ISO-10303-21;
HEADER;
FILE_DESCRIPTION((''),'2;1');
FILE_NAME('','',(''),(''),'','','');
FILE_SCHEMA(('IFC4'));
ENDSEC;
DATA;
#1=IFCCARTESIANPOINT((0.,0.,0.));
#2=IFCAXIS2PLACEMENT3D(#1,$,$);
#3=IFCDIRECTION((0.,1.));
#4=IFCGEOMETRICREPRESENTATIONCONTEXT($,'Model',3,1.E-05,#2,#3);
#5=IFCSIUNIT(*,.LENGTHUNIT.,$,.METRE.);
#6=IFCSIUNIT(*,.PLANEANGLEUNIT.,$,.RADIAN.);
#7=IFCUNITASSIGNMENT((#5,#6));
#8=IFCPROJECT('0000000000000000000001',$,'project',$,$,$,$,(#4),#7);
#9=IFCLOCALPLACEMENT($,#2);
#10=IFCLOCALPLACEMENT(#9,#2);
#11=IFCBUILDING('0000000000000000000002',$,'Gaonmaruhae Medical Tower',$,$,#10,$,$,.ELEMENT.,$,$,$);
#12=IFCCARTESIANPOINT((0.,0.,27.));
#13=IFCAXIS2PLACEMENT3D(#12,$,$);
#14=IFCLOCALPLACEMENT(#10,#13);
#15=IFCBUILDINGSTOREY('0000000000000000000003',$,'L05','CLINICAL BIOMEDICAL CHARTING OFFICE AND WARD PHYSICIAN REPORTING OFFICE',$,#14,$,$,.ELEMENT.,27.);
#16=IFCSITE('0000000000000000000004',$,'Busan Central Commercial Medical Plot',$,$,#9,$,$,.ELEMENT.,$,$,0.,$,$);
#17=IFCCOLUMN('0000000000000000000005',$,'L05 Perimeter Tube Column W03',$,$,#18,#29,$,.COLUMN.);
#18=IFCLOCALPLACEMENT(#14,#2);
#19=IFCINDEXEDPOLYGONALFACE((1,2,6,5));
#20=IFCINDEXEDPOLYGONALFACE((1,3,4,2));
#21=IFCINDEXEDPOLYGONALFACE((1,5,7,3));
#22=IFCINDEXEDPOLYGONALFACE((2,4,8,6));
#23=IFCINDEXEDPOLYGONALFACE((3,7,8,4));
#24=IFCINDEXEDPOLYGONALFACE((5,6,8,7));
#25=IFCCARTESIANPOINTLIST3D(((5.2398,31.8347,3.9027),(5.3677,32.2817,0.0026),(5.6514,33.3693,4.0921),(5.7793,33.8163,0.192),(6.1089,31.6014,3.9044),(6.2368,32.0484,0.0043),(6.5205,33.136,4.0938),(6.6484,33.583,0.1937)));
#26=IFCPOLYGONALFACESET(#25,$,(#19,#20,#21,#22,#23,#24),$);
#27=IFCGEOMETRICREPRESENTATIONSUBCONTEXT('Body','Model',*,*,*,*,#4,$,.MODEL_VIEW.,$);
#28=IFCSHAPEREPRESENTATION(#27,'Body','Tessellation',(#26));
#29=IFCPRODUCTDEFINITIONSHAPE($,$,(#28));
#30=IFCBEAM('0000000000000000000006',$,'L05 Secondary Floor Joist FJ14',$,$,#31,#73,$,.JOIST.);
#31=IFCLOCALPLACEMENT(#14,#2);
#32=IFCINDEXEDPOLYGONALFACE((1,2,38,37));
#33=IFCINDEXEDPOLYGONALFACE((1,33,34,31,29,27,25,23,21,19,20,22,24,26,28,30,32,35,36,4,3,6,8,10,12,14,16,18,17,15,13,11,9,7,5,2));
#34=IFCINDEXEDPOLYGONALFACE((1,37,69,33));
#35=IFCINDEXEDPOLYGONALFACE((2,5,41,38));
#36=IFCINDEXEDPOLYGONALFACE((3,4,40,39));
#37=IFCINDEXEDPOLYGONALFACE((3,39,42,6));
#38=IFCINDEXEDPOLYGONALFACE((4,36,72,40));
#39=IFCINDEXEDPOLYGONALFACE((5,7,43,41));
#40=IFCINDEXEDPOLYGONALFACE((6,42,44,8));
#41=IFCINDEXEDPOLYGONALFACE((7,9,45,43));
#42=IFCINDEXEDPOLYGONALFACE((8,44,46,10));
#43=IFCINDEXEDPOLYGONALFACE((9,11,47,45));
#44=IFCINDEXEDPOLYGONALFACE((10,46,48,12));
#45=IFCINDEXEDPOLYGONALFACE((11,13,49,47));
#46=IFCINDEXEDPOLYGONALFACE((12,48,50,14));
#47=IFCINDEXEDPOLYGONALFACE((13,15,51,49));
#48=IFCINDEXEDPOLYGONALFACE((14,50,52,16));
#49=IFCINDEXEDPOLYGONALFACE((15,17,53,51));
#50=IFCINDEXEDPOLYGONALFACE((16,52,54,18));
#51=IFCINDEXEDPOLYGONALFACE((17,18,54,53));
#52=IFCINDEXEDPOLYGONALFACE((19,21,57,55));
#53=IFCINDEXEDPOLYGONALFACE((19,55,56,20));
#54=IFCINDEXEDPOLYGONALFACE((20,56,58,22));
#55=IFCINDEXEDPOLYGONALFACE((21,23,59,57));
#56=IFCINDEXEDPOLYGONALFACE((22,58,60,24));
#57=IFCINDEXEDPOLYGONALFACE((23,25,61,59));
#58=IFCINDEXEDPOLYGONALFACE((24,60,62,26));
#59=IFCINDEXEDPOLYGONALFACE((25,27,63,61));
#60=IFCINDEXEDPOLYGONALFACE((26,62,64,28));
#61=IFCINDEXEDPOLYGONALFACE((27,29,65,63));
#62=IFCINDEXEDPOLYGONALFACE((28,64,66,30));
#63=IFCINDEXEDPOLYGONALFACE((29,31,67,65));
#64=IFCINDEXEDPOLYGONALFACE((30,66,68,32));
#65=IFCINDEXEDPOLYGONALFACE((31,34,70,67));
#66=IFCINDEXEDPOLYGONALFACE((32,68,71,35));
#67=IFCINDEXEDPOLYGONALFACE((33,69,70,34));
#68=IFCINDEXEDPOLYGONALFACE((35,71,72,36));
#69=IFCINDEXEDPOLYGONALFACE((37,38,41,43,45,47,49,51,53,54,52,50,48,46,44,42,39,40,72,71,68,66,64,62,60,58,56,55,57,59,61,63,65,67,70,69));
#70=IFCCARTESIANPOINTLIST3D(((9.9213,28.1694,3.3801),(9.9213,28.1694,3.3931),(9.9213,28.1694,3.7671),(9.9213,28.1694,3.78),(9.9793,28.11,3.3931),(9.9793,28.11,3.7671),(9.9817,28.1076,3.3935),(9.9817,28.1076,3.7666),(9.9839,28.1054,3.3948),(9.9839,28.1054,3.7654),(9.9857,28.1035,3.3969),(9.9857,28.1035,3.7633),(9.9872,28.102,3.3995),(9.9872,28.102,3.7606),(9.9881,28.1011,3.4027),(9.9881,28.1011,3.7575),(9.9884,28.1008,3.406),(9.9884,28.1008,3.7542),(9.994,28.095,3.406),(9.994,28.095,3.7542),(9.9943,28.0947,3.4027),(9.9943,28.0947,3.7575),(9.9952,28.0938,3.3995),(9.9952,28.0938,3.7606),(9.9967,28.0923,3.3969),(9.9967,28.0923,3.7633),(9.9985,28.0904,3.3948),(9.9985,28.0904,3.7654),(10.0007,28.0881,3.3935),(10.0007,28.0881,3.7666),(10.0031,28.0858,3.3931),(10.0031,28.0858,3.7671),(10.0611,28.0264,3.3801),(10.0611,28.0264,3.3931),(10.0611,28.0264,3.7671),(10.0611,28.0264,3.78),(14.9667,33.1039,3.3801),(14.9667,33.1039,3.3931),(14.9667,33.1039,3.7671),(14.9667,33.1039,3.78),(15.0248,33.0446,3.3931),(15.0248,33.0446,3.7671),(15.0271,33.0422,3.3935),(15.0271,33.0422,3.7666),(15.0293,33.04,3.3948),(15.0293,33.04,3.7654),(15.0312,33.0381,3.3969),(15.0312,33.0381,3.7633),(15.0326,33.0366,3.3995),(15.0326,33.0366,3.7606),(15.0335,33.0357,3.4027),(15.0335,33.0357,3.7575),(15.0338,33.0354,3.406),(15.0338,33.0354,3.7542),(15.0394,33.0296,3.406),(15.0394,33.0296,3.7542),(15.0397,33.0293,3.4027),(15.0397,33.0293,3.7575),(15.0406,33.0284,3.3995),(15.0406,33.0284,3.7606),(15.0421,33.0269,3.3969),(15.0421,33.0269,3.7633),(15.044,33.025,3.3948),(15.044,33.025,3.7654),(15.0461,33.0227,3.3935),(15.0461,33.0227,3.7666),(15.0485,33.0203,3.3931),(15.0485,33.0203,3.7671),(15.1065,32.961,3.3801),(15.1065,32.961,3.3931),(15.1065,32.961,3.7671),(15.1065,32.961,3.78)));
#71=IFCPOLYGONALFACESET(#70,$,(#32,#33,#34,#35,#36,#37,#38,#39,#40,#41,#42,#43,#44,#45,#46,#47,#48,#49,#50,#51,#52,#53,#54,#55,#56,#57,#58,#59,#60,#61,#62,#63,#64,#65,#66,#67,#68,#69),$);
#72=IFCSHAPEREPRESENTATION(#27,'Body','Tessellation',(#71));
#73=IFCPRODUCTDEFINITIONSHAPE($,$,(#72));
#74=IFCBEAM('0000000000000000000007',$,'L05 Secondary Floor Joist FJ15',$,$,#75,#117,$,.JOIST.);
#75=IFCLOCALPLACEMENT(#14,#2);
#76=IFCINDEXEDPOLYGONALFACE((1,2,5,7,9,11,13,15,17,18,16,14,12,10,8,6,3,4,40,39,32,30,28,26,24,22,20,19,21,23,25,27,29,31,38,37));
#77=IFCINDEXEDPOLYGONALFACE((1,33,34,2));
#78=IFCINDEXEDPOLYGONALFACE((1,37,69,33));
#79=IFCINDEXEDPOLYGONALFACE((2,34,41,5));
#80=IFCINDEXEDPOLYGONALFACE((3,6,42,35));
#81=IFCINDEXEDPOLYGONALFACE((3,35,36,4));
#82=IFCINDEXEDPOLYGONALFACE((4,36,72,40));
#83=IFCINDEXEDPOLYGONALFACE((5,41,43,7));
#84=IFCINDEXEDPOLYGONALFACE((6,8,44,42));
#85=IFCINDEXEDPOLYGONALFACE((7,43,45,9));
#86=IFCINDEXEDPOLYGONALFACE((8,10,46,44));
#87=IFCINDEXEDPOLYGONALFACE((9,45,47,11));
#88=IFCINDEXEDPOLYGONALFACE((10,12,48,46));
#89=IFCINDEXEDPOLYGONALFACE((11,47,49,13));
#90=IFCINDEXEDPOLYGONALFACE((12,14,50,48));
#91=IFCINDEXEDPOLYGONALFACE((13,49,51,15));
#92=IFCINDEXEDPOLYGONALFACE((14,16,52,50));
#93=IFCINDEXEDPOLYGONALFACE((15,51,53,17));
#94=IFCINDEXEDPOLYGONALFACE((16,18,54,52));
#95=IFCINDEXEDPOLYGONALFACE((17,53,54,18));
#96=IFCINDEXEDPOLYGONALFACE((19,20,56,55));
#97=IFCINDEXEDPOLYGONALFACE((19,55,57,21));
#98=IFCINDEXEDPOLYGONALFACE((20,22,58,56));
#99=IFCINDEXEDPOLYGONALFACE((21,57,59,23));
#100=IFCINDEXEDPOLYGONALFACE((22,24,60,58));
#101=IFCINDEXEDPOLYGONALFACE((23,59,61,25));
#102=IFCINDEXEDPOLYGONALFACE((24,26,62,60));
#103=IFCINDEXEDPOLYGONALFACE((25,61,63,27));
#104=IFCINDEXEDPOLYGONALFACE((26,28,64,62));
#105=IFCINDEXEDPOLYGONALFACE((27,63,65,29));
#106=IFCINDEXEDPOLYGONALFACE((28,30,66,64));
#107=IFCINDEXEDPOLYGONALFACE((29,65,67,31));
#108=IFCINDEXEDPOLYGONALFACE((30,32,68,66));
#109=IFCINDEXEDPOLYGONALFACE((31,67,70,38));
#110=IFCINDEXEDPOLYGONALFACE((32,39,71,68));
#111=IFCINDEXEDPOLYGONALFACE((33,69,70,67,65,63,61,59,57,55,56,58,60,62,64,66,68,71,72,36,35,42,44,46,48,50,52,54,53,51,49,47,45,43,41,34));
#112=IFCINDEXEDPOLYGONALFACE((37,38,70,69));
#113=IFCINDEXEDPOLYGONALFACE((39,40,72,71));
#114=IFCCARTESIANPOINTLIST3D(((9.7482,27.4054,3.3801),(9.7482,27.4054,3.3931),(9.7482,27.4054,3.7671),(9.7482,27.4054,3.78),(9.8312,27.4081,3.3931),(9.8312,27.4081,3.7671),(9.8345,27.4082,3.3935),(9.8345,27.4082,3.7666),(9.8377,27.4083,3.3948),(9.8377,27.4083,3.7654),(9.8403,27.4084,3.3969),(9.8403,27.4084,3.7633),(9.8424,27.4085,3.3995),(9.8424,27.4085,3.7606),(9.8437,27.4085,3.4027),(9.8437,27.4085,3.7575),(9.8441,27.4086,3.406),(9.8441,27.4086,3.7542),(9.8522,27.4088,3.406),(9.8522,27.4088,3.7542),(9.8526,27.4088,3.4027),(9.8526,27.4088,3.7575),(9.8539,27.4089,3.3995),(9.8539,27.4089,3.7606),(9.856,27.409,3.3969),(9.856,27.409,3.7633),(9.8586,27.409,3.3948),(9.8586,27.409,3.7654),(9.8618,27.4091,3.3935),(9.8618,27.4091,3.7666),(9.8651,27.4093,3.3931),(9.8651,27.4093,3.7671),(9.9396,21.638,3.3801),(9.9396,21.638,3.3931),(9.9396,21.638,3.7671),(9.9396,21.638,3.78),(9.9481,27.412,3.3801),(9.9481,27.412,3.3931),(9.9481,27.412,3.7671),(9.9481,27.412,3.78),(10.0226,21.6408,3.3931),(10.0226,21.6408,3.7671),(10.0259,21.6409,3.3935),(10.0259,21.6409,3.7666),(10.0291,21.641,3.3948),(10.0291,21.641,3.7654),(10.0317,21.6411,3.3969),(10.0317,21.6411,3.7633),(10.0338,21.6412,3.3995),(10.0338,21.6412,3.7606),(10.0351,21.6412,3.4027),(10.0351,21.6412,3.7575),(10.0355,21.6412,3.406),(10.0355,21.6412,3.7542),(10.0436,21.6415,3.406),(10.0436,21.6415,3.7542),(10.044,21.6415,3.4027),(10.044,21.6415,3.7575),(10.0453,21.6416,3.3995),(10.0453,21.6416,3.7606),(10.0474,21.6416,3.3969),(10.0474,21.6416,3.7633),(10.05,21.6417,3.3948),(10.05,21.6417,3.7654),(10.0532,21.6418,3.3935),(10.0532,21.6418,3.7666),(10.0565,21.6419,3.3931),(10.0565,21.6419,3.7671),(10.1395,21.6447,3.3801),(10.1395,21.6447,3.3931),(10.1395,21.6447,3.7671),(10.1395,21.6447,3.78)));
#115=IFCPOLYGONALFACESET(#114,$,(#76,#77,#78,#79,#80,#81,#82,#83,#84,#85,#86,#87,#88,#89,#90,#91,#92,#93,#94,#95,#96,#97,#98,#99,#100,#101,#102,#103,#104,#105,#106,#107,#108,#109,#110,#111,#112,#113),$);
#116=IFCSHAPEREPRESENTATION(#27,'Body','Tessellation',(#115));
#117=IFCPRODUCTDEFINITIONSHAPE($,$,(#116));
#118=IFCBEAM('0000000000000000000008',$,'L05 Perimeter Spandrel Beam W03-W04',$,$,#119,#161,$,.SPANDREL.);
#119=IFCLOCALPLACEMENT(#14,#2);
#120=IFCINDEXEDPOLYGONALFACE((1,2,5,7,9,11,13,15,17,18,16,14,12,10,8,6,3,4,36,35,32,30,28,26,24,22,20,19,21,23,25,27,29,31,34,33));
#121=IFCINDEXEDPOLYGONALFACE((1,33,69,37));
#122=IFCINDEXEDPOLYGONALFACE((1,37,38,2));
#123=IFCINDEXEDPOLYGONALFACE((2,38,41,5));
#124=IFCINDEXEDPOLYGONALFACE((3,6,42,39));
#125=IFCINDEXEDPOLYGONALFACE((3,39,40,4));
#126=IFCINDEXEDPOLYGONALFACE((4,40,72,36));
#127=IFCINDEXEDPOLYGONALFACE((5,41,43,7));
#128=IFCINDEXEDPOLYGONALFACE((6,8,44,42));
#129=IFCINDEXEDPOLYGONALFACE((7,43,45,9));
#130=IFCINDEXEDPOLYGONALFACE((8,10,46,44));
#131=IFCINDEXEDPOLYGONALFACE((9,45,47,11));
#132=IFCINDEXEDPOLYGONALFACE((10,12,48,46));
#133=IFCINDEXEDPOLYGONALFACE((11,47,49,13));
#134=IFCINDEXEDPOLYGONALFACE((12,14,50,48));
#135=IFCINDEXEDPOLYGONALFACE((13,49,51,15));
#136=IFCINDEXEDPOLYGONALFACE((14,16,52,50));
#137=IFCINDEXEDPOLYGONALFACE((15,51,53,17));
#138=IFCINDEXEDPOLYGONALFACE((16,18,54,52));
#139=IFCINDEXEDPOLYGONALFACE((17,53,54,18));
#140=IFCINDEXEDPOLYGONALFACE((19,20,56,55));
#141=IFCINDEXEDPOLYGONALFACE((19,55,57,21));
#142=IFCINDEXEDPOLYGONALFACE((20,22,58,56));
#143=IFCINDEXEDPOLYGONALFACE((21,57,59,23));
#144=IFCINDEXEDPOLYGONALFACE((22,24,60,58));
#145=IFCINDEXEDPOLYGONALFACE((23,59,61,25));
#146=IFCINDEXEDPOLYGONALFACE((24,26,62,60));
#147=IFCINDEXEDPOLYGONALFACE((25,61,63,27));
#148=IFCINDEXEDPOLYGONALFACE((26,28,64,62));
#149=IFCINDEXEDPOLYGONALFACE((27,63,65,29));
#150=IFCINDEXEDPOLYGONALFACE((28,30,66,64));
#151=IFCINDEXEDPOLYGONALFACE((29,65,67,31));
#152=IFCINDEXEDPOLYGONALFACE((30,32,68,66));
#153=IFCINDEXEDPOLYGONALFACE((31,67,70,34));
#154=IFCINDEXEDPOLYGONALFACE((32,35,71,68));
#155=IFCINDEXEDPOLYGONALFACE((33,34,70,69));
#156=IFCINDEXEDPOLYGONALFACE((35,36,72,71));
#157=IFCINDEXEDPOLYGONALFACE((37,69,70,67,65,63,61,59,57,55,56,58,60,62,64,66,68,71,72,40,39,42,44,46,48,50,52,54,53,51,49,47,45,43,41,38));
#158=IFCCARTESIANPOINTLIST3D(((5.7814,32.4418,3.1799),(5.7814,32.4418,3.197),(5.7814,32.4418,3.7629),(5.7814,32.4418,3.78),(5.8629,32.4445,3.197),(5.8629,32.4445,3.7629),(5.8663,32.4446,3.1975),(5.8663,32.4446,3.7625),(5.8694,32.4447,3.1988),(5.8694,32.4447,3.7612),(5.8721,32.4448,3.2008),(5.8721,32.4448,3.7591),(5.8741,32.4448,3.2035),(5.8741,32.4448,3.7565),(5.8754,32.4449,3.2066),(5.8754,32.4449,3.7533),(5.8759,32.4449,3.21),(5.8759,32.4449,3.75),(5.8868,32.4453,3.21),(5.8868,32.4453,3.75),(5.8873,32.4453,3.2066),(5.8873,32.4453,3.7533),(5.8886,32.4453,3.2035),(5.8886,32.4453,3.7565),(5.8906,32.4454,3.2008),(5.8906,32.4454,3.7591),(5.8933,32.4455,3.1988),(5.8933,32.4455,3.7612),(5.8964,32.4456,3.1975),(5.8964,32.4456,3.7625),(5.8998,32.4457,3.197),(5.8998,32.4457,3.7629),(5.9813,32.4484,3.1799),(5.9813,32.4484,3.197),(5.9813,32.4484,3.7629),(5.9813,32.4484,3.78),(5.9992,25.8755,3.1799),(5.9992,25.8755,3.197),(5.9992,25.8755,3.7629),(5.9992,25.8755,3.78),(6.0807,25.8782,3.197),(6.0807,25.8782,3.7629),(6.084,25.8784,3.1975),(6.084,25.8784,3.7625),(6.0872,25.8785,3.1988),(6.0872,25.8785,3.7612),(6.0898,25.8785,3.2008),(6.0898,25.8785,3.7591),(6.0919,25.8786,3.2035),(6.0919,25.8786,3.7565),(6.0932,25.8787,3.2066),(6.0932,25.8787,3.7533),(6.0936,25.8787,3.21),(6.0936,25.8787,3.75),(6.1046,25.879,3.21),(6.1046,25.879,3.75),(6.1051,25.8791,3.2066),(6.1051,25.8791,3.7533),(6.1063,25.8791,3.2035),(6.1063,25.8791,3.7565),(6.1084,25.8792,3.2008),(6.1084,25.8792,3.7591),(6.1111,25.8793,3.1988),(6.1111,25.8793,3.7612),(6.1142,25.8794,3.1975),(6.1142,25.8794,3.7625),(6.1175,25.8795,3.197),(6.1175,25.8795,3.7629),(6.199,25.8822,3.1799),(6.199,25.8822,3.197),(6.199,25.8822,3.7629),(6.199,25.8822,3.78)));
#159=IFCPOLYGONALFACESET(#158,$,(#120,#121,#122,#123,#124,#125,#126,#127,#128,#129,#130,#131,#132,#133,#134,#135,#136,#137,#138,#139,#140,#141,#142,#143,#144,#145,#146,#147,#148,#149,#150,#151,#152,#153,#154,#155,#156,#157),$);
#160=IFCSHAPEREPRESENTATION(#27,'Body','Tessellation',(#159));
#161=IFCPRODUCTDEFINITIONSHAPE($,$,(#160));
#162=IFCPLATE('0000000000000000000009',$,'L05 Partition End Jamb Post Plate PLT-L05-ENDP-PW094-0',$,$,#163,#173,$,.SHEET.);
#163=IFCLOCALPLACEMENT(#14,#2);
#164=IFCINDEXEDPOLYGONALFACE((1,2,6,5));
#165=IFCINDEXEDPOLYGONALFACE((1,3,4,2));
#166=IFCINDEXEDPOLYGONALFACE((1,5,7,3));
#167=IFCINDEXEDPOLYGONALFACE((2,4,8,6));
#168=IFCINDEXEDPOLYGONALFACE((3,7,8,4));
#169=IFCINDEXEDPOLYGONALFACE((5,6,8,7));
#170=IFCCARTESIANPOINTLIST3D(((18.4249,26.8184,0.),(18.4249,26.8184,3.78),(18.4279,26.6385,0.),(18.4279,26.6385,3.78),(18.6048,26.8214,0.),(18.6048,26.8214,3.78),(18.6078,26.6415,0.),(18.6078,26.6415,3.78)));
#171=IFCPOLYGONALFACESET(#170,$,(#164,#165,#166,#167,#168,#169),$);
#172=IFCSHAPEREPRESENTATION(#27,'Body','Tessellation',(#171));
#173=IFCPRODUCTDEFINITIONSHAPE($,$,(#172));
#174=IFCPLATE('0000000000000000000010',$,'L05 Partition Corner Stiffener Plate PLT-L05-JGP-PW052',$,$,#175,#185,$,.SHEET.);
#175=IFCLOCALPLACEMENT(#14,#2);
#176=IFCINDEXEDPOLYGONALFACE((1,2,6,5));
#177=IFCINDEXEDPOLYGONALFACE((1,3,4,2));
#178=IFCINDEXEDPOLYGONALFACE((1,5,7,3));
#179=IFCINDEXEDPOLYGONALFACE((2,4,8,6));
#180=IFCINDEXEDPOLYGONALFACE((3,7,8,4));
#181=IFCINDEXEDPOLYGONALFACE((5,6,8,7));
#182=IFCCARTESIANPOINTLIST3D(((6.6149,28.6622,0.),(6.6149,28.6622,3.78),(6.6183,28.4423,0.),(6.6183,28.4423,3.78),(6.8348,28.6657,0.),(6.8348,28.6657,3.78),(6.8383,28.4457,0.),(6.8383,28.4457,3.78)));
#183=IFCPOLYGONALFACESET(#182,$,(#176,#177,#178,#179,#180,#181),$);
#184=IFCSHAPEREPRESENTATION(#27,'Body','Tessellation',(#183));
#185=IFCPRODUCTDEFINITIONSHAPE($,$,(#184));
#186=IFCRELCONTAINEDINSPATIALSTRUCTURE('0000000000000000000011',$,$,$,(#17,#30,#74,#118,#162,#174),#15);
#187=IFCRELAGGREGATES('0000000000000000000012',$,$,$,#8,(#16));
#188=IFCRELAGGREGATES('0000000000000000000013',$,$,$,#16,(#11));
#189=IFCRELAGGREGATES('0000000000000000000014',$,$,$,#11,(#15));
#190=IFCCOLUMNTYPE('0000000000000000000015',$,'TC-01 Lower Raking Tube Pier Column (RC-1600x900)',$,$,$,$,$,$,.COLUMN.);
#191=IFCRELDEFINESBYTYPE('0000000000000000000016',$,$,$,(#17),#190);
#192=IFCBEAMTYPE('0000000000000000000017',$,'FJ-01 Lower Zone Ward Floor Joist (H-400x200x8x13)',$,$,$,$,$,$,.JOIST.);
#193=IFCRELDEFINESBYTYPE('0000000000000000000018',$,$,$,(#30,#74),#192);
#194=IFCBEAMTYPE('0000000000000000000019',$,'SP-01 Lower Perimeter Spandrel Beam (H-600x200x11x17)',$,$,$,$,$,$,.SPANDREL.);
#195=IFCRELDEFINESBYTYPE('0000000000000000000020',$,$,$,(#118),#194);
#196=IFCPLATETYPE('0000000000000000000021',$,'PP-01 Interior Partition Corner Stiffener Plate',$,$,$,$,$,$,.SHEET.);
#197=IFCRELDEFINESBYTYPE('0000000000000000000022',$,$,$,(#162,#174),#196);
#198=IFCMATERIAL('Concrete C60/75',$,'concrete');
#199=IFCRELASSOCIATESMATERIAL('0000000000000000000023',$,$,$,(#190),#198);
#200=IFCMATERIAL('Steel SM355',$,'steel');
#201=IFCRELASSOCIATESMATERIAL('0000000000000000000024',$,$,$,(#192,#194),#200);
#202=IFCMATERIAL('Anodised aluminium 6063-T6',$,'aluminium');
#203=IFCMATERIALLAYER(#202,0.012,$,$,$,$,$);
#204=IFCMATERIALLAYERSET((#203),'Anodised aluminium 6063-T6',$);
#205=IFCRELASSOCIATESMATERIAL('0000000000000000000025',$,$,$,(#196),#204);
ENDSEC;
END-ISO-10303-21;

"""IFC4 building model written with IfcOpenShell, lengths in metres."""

from ifc_helpers import new_model, si_unit, direction, frame, origin, origin_2d, place, context, subcontext, project, spatial, rectangle, i_section, extrude, material, layer, layer_set, material_profile, profile_set, type_object, element, save


model = new_model("IFC4")

# Units and contexts
model_context = context("Model", 3, precision=1e-05, world=origin(), true_north=direction((0.0, 1.0)))
body_context = subcontext(model_context, "Body", "Model", "MODEL_VIEW")
ifc_project = project(units=[si_unit("LENGTHUNIT", "METRE"), si_unit("PLANEANGLEUNIT", "RADIAN")], contexts=[model_context])

# Site, building, storey
site_placement = place(None, origin())
site = spatial("IfcSite", under=ifc_project, at=site_placement, Name="Busan Central Commercial Medical Plot", CompositionType="ELEMENT", RefElevation=0.0)
building_placement = place(site_placement, origin())
building = spatial("IfcBuilding", under=site, at=building_placement, Name="Gaonmaruhae Medical Tower", CompositionType="ELEMENT")
storey_placement = place(building_placement, frame((0.0, 0.0, 27.0)))
storey = spatial("IfcBuildingStorey", under=building, at=storey_placement, Name="L05", Description="CLINICAL BIOMEDICAL CHARTING OFFICE AND WARD PHYSICIAN REPORTING OFFICE", CompositionType="ELEMENT", Elevation=27.0)

# Column
ifc_material_1 = material(Name="Concrete C60/75", Category="concrete")
ifc_material_profile_1 = material_profile(ifc_material_1, rectangle(XDim=1.6001, YDim=0.8999, at=origin_2d()), Name="RC-1600x900")
ifc_profile_set_1 = profile_set([ifc_material_profile_1], Name="Concrete C60/75")
column_type = type_object("IfcColumnType", Name="TC-01 Lower Raking Tube Pier Column (RC-1600x900)", PredefinedType="COLUMN", material=ifc_profile_set_1)
column_placement = place(storey_placement, frame((6.0081, 32.9324, 0.0981), z_axis=(-0.032571, -0.113811, 0.992968), x_axis=(0.257225, 0.959075, 0.118363)))
element("IfcColumn", 1, at=column_placement, inside=storey, type_object=column_type, Name="L05 Perimeter Tube Column W03", PredefinedType="COLUMN", context=body_context, shape_type="SweptSolid", body=[
    extrude(rectangle(XDim=1.6001, YDim=0.8999, at=origin_2d()), origin(), (0.0, 0.0, 1.0), 3.9277),
])

# Beams
ifc_material_2 = material(Name="Steel SM355", Category="steel")
ifc_material_profile_2 = material_profile(ifc_material_2, i_section(OverallWidth=0.2, OverallDepth=0.3999, WebThickness=0.0081, FlangeThickness=0.0129, FilletRadius=0.0129, at=origin_2d()), Name="H-400x200x8x13")
ifc_profile_set_2 = profile_set([ifc_material_profile_2], Name="Steel SM355")
beam_type_1 = type_object("IfcBeamType", Name="FJ-01 Lower Zone Ward Floor Joist (H-400x200x8x13)", PredefinedType="JOIST", material=ifc_profile_set_2)
beam_1_placement = place(storey_placement, frame((15.0366, 33.0325, 3.5801), z_axis=(-0.714916, -0.69921, 0.0), x_axis=(0.69921, -0.714916, 0.0)))
element("IfcBeam", 2, at=beam_1_placement, inside=storey, type_object=beam_type_1, Name="L05 Secondary Floor Joist FJ14", PredefinedType="JOIST", context=body_context, shape_type="SweptSolid", body=[
    extrude(i_section(OverallWidth=0.2, OverallDepth=0.3999, WebThickness=0.0081, FlangeThickness=0.0129, FilletRadius=0.0129, at=origin_2d()), origin(), (0.0, 0.0, 1.0), 7.0574),
])
beam_2_placement = place(storey_placement, frame((9.8481, 27.4087, 3.5801), z_axis=(0.03317, -0.99945, 0.0), x_axis=(0.99945, 0.03317, 0.0)))
element("IfcBeam", 3, at=beam_2_placement, inside=storey, type_object=beam_type_1, Name="L05 Secondary Floor Joist FJ15", PredefinedType="JOIST", context=body_context, shape_type="SweptSolid", body=[
    extrude(i_section(OverallWidth=0.2, OverallDepth=0.3999, WebThickness=0.0081, FlangeThickness=0.0129, FilletRadius=0.0129, at=origin_2d()), origin(), (0.0, 0.0, 1.0), 5.7705),
])
ifc_material_profile_3 = material_profile(ifc_material_2, i_section(OverallWidth=0.2, OverallDepth=0.6001, WebThickness=0.011, FlangeThickness=0.0171, FilletRadius=0.0129, at=origin_2d()), Name="H-600x200x11x17")
ifc_profile_set_3 = profile_set([ifc_material_profile_3], Name="Steel SM355")
beam_type_2 = type_object("IfcBeamType", Name="SP-01 Lower Perimeter Spandrel Beam (H-600x200x11x17)", PredefinedType="SPANDREL", material=ifc_profile_set_3)
beam_3_placement = place(storey_placement, frame((5.8813, 32.4451, 3.48), z_axis=(0.033148, -0.99945, 0.0), x_axis=(0.99945, 0.033148, 0.0)))
element("IfcBeam", 4, at=beam_3_placement, inside=storey, type_object=beam_type_2, Name="L05 Perimeter Spandrel Beam W03-W04", PredefinedType="SPANDREL", context=body_context, shape_type="SweptSolid", body=[
    extrude(i_section(OverallWidth=0.2, OverallDepth=0.6001, WebThickness=0.011, FlangeThickness=0.0171, FilletRadius=0.0129, at=origin_2d()), origin(), (0.0, 0.0, 1.0), 6.5698),
])

# Plates
ifc_material_3 = material(Name="Anodised aluminium 6063-T6", Category="aluminium")
ifc_layer_1 = layer(ifc_material_3, 0.012)
ifc_layer_set_1 = layer_set([ifc_layer_1], Name="Anodised aluminium 6063-T6")
plate_type = type_object("IfcPlateType", Name="PP-01 Interior Partition Corner Stiffener Plate", PredefinedType="SHEET", material=ifc_layer_set_1)
plate_placement = place(storey_placement, frame((18.5164, 26.73, 0.0), z_axis=(0.0, 0.0, 1.0), x_axis=(-0.016615, 0.999862, 0.0)))
element("IfcPlate", 5, at=plate_placement, inside=storey, type_object=plate_type, Name="L05 Partition End Jamb Post Plate PLT-L05-ENDP-PW094-0", PredefinedType="SHEET", context=body_context, shape_type="SweptSolid", body=[
    extrude(rectangle(XDim=0.1799, YDim=0.1799, at=origin_2d()), origin(), (0.0, 0.0, 1.0), 3.78),
])
for number, where, z_axis, x_axis, name in (
    (6, (6.7266, 28.554, 0.0), (0.0, 0.0, 1.0), (0.999876, 0.01576, 0.0), "L05 Partition Corner Stiffener Plate PLT-L05-JGP-PW052"),
):
    element("IfcPlate", number, at=place(storey_placement, frame(where, z_axis=z_axis, x_axis=x_axis)), inside=storey, type_object=plate_type, Name=name, PredefinedType="SHEET", context=body_context, shape_type="SweptSolid", body=[
        extrude(rectangle(XDim=0.22, YDim=0.22, at=origin_2d()), origin(), (0.0, 0.0, 1.0), 3.78),
    ])

save(model, "model.ifc")
